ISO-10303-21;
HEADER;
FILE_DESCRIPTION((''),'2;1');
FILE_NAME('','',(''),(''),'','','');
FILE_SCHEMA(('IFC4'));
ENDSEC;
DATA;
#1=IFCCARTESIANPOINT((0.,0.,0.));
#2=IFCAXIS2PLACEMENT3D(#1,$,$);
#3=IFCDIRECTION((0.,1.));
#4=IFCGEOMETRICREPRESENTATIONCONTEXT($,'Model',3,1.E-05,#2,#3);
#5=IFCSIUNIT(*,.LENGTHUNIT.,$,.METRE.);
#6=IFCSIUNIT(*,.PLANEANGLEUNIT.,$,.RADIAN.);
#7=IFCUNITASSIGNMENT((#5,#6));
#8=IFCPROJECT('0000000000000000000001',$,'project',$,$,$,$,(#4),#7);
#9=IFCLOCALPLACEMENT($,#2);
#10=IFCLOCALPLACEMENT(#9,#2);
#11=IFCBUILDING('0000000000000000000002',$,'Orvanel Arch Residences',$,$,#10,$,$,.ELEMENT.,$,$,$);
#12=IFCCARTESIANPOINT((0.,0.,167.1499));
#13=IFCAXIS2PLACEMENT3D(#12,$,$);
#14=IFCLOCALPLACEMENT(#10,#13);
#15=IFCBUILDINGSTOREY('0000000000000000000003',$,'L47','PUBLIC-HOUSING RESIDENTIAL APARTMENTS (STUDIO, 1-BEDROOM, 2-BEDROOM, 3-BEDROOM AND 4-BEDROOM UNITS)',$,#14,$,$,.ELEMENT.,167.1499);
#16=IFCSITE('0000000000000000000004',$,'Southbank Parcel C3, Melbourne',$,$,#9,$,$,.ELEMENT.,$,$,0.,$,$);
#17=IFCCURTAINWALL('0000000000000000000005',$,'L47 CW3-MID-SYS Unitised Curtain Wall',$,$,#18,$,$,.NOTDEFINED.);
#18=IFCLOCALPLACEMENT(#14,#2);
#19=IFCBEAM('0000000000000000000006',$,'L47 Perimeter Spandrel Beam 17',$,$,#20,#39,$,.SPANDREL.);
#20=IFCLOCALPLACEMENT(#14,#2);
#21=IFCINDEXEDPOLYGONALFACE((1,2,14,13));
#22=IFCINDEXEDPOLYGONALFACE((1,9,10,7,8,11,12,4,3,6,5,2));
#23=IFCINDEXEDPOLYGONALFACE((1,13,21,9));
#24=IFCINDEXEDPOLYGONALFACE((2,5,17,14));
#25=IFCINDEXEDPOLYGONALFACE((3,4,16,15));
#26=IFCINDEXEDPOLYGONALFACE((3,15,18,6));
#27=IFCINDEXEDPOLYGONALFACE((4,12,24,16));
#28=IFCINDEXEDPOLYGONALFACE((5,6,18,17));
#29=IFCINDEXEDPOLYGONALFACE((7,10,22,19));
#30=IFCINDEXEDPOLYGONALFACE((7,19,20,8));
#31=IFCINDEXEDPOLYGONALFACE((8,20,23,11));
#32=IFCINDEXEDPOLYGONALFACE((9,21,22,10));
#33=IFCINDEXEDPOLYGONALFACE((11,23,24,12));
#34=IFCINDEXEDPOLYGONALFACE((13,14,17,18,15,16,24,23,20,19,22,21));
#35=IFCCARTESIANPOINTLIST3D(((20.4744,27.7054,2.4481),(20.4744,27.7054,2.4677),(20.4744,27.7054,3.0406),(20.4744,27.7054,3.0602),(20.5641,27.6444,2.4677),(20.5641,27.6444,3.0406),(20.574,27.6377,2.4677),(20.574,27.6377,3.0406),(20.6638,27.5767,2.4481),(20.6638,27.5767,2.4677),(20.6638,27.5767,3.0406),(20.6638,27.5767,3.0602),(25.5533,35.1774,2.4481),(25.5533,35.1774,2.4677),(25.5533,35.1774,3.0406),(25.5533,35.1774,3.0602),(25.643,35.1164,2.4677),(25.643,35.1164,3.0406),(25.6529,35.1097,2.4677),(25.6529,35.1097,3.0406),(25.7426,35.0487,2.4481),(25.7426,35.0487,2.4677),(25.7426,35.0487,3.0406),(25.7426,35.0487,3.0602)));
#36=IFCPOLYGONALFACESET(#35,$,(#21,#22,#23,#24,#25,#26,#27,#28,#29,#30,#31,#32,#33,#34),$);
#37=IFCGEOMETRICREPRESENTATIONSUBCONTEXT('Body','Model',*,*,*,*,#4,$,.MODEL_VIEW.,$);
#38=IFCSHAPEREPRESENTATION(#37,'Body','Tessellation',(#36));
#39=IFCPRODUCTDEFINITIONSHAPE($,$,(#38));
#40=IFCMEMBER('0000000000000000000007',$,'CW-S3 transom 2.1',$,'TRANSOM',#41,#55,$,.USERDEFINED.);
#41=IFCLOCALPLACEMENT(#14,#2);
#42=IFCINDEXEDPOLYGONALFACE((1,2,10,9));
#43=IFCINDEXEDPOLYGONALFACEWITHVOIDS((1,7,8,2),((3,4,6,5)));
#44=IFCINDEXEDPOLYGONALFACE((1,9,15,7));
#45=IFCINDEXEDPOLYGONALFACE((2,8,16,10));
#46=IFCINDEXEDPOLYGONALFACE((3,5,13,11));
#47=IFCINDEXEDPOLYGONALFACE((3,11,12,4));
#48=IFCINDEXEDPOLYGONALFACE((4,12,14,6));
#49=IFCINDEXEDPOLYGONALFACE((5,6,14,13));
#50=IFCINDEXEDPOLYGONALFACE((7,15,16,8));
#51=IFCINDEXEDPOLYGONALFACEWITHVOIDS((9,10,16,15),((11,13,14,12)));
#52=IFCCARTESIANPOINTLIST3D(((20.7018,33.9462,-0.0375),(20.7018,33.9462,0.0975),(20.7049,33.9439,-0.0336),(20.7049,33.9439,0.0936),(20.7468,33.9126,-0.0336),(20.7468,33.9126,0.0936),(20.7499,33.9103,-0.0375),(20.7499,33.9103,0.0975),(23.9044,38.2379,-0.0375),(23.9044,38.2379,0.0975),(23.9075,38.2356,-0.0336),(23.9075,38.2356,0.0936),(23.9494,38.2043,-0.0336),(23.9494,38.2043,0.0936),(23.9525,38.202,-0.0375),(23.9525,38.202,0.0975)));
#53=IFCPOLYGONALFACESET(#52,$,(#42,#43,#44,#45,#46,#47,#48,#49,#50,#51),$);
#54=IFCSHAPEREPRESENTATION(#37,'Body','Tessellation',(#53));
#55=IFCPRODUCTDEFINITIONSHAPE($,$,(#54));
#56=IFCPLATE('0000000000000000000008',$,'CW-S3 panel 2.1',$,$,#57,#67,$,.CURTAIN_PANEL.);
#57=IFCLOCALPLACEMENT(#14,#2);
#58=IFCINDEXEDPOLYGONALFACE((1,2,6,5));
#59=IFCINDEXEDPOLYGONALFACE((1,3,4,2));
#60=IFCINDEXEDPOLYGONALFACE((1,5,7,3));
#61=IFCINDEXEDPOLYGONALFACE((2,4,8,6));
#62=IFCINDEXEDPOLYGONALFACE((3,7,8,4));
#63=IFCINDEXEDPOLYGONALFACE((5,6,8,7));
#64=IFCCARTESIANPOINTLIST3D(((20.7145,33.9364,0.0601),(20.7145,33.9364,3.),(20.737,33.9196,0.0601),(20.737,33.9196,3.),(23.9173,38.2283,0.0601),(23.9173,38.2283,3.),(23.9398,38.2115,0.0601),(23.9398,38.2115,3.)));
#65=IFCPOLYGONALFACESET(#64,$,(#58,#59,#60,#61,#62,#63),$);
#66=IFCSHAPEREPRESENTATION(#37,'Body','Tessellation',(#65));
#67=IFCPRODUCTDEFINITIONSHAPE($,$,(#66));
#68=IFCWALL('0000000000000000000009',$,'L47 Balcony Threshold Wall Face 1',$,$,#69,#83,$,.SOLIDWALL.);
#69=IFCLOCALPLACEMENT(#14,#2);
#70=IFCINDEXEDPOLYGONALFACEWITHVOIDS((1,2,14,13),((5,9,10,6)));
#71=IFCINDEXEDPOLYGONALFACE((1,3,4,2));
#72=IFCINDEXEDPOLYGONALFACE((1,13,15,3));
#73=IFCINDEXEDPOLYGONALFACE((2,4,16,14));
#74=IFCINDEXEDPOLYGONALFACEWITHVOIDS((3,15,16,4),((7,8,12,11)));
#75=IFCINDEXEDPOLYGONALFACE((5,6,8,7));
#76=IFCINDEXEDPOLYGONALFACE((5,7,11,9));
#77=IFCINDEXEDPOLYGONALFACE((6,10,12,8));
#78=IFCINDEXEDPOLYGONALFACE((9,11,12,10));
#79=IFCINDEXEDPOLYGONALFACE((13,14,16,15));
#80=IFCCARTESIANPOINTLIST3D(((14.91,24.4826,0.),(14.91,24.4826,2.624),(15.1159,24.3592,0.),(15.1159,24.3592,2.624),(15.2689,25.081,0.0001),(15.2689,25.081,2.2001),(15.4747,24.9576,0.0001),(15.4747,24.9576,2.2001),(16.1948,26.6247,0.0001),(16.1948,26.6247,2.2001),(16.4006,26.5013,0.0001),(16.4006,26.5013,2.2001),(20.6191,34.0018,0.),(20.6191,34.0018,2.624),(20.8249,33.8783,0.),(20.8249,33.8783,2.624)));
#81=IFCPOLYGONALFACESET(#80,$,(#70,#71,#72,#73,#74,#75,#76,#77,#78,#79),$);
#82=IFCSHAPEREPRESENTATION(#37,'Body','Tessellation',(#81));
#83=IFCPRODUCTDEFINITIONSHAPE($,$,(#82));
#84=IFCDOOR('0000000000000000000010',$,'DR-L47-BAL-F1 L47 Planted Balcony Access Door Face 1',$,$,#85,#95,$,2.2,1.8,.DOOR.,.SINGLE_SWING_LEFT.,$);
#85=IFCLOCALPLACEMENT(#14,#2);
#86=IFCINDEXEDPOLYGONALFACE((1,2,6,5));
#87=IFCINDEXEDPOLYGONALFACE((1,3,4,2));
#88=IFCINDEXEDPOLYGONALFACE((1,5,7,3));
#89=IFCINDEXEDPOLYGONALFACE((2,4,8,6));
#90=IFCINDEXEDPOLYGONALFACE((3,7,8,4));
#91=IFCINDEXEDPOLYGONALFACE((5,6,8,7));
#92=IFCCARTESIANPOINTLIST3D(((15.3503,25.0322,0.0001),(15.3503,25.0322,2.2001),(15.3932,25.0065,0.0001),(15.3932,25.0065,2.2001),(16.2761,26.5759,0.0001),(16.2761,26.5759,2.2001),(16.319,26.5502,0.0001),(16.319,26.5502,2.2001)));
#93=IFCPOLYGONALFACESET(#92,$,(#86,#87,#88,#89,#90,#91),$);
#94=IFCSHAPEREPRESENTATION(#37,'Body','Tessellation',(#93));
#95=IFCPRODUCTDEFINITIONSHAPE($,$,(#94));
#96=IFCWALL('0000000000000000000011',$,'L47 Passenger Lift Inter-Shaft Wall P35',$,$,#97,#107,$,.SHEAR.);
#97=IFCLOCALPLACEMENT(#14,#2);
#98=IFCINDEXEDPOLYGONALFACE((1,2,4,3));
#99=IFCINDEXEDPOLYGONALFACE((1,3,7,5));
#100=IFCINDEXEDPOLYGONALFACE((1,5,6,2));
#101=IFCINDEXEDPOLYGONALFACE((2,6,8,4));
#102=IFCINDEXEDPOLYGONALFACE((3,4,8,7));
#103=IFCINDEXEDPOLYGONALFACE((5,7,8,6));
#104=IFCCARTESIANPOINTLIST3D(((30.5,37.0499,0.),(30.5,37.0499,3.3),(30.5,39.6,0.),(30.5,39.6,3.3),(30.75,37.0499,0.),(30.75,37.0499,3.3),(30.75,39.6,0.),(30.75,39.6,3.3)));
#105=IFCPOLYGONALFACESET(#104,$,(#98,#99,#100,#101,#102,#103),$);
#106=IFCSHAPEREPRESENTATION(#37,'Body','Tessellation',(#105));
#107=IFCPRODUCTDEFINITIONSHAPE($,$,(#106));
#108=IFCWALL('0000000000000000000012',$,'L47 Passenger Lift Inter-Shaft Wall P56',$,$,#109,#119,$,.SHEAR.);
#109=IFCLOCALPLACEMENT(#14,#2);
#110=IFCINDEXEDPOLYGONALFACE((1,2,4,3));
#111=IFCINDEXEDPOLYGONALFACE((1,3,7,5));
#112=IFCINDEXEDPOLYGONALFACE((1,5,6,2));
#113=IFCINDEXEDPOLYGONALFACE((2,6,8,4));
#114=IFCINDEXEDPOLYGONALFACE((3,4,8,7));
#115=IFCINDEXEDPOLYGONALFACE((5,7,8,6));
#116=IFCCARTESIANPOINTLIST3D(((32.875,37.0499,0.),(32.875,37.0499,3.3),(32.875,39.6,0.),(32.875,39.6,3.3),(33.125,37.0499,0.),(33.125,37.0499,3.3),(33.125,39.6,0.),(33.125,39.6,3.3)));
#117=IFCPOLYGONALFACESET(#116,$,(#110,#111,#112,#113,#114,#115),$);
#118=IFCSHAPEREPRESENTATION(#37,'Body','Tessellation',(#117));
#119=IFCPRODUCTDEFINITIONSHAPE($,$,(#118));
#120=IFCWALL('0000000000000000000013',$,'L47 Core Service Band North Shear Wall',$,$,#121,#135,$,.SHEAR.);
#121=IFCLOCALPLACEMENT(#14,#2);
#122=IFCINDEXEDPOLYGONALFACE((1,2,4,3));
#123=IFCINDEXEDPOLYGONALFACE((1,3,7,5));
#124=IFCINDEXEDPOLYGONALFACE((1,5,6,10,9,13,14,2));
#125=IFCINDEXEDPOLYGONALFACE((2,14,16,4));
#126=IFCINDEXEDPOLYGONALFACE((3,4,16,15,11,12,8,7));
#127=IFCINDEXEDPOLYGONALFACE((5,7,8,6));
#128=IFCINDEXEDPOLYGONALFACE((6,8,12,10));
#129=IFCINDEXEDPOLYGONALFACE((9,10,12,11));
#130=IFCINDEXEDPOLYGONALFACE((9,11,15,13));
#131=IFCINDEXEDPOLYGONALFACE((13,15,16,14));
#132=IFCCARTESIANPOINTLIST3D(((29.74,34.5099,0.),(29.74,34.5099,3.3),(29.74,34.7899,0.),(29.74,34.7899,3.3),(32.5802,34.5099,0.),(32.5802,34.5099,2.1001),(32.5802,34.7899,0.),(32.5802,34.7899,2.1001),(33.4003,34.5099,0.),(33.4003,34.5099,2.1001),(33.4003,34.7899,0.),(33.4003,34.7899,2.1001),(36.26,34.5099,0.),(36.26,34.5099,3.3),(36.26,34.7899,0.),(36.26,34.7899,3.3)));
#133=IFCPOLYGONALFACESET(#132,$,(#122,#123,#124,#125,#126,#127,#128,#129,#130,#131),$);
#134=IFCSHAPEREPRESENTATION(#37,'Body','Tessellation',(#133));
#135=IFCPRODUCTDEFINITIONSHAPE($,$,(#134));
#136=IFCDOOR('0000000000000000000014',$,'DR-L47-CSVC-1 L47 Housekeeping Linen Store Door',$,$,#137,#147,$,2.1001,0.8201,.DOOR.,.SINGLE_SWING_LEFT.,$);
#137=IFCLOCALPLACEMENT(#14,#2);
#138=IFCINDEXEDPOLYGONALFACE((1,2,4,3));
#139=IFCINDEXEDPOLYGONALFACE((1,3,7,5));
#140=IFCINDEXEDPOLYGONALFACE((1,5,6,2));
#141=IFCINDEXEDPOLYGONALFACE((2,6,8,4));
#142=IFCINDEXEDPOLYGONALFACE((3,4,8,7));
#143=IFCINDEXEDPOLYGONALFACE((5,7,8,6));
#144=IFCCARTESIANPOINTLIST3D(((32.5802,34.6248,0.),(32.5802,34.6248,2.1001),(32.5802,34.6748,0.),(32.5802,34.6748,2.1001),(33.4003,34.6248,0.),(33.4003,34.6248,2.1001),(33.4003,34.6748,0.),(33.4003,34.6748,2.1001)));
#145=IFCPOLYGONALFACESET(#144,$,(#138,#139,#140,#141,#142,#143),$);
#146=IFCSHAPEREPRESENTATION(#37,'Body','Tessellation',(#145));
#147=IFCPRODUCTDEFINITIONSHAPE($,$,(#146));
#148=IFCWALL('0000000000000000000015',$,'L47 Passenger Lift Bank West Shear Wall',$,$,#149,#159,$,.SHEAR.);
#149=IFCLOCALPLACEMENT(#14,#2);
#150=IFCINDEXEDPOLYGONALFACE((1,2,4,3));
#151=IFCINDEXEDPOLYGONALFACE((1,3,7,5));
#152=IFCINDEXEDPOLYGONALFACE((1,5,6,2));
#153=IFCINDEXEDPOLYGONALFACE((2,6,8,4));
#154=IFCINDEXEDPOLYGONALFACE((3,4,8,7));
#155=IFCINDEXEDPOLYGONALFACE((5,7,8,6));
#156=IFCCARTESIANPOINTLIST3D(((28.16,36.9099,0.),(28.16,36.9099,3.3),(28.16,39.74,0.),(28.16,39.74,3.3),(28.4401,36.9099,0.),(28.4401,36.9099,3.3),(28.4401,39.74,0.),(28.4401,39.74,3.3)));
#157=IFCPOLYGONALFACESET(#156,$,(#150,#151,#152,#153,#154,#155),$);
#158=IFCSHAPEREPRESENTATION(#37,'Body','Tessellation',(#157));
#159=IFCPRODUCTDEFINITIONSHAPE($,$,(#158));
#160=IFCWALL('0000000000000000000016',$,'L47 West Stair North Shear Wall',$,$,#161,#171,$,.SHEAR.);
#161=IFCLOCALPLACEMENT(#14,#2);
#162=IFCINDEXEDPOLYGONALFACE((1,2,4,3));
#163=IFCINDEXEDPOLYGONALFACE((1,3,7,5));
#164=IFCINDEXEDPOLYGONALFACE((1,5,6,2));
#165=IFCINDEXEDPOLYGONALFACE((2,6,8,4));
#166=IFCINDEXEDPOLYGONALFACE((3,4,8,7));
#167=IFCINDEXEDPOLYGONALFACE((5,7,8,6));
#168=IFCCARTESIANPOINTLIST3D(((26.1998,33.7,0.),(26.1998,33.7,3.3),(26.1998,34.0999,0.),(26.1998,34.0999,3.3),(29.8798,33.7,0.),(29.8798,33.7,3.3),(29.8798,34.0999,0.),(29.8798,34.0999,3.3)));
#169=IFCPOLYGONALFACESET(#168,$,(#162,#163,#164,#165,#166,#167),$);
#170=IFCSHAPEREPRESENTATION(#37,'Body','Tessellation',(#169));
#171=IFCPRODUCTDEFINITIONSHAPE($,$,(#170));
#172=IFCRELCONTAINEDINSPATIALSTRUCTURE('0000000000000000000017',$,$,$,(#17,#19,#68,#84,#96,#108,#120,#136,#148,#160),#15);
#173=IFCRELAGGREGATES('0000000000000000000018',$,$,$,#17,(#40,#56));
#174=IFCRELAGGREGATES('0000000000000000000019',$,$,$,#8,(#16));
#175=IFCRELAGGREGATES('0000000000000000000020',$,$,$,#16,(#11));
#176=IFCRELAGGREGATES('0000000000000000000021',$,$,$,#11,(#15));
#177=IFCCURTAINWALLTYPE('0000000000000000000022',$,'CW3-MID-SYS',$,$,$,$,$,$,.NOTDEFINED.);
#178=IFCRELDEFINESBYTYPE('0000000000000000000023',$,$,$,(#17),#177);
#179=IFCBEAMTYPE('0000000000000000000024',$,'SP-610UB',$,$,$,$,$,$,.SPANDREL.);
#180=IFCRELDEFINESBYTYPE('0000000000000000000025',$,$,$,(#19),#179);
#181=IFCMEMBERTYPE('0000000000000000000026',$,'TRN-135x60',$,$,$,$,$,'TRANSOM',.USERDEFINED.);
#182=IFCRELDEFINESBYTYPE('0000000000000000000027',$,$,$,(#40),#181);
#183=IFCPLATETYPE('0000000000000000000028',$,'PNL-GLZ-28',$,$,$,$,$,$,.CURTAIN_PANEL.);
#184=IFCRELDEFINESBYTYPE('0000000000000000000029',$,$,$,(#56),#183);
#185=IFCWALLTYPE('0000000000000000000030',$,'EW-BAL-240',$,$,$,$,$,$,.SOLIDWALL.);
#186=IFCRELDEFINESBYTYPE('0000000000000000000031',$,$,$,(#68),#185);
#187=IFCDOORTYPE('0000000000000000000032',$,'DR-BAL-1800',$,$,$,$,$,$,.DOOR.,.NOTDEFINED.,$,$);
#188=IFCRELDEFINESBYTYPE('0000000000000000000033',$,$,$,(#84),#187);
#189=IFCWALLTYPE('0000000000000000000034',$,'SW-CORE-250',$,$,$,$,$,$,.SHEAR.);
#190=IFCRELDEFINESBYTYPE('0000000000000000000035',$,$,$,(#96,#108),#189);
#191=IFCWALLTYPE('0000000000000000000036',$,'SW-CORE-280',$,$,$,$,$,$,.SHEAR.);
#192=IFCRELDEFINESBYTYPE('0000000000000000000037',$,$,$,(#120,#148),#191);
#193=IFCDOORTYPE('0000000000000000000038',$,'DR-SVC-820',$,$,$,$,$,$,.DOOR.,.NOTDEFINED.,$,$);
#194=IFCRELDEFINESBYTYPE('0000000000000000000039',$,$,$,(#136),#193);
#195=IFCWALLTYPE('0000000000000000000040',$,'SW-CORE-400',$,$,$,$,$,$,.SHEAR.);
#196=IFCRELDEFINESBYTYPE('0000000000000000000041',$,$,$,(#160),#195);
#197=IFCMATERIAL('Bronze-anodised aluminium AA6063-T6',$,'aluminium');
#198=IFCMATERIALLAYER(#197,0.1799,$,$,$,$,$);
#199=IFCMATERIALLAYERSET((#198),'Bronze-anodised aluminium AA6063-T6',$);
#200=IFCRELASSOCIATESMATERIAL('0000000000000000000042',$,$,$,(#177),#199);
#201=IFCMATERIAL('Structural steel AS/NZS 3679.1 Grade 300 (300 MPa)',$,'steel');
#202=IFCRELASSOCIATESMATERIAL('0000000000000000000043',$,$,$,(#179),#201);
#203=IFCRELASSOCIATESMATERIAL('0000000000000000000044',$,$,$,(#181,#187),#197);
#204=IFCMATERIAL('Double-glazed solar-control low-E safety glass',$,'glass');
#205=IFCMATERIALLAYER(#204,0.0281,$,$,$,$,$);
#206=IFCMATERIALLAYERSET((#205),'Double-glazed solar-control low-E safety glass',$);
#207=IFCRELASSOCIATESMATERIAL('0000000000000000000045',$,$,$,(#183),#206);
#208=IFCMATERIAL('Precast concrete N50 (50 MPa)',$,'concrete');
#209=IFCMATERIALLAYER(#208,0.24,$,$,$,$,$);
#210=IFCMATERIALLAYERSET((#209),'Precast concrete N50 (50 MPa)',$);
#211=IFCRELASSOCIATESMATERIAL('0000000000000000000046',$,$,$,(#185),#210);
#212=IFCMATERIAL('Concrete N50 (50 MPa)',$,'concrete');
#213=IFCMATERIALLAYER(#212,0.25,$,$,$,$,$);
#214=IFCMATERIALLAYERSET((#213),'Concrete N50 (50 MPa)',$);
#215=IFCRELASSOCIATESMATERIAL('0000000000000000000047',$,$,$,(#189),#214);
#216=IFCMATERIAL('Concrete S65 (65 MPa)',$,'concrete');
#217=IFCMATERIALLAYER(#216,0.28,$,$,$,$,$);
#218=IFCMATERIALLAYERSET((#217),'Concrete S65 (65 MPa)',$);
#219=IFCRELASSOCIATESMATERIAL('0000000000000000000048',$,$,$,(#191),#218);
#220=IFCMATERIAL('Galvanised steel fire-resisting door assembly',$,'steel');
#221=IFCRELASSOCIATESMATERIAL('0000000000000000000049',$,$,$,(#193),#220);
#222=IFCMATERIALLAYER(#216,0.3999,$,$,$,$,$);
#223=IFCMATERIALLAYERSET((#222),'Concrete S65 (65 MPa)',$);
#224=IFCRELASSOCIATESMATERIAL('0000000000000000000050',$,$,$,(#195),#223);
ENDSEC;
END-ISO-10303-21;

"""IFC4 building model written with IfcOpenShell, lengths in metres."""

from ifc_helpers import new_model, si_unit, direction, frame, frame_2d, origin, origin_2d, place, context, subcontext, project, spatial, rectangle, hollow_rectangle, i_section, extrude, material, layer, layer_set, material_profile, profile_set, type_object, element, fill, aggregate, save


model = new_model("IFC4")

# Units and contexts
model_context = context("Model", 3, precision=1e-05, world=origin(), true_north=direction((0.0, 1.0)))
body_context = subcontext(model_context, "Body", "Model", "MODEL_VIEW")
ifc_project = project(units=[si_unit("LENGTHUNIT", "METRE"), si_unit("PLANEANGLEUNIT", "RADIAN")], contexts=[model_context])

# Site, building, storey
site_placement = place(None, origin())
site = spatial("IfcSite", under=ifc_project, at=site_placement, Name="Southbank Parcel C3, Melbourne", CompositionType="ELEMENT", RefElevation=0.0)
building_placement = place(site_placement, origin())
building = spatial("IfcBuilding", under=site, at=building_placement, Name="Orvanel Arch Residences", CompositionType="ELEMENT")
storey_placement = place(building_placement, frame((0.0, 0.0, 167.1499)))
storey = spatial("IfcBuildingStorey", under=building, at=storey_placement, Name="L47", Description="PUBLIC-HOUSING RESIDENTIAL APARTMENTS (STUDIO, 1-BEDROOM, 2-BEDROOM, 3-BEDROOM AND 4-BEDROOM UNITS)", CompositionType="ELEMENT", Elevation=167.1499)

# Shared definitions
ifc_material_1 = material(Name="Structural steel AS/NZS 3679.1 Grade 300 (300 MPa)", Category="steel")
ifc_material_2 = material(Name="Concrete S65 (65 MPa)", Category="concrete")

# Curtain wall
ifc_material_3 = material(Name="Bronze-anodised aluminium AA6063-T6", Category="aluminium")
ifc_layer_1 = layer(ifc_material_3, 0.1799)
ifc_layer_set_1 = layer_set([ifc_layer_1], Name="Bronze-anodised aluminium AA6063-T6")
curtain_wall_type = type_object("IfcCurtainWallType", Name="CW3-MID-SYS", PredefinedType="NOTDEFINED", material=ifc_layer_set_1)
curtain_wall_placement = place(storey_placement, origin())
curtain_wall = element("IfcCurtainWall", 1, at=curtain_wall_placement, inside=storey, type_object=curtain_wall_type, Name="L47 CW3-MID-SYS Unitised Curtain Wall", PredefinedType="NOTDEFINED")

# Beam
ifc_material_profile_1 = material_profile(ifc_material_1, i_section(OverallWidth=0.229, OverallDepth=0.6121, WebThickness=0.012, FlangeThickness=0.0195, at=origin_2d()), Name="610UB125")
ifc_profile_set_1 = profile_set([ifc_material_profile_1], Name="Structural steel AS/NZS 3679.1 Grade 300 (300 MPa)")
beam_type_1 = type_object("IfcBeamType", Name="SP-610UB", PredefinedType="SPANDREL", material=ifc_profile_set_1)
beam_1_placement = place(storey_placement, frame((25.6479, 35.113, 2.7542), z_axis=(-0.562155, -0.827032, 0.0), x_axis=(0.827032, -0.562155, 0.0)))
element("IfcBeam", 2, at=beam_1_placement, inside=storey, type_object=beam_type_1, Name="L47 Perimeter Spandrel Beam 17", PredefinedType="SPANDREL", context=body_context, shape_type="SweptSolid", body=[
    extrude(i_section(OverallWidth=0.229, OverallDepth=0.6121, WebThickness=0.012, FlangeThickness=0.0195, at=origin_2d()), origin(), (0.0, 0.0, 1.0), 9.0347),
])

# Member
ifc_material_profile_2 = material_profile(ifc_material_3, hollow_rectangle(XDim=0.0601, YDim=0.135, WallThickness=0.0039, at=origin_2d()), Name="ALU135x60x4")
ifc_profile_set_2 = profile_set([ifc_material_profile_2], Name="Bronze-anodised aluminium AA6063-T6")
member_type_1 = type_object("IfcMemberType", Name="TRN-135x60", ElementType="TRANSOM", PredefinedType="USERDEFINED", material=ifc_profile_set_2)
member_1_placement = place(storey_placement, frame((23.9285, 38.22, 0.03), z_axis=(-0.598065, -0.801447, 0.0), x_axis=(0.801447, -0.598065, 0.0)))
member_1 = element("IfcMember", 3, at=member_1_placement, type_object=member_type_1, Name="CW-S3 transom 2.1", ObjectType="TRANSOM", PredefinedType="USERDEFINED", context=body_context, shape_type="SweptSolid", body=[
    extrude(hollow_rectangle(XDim=0.0601, YDim=0.135, WallThickness=0.0039, at=origin_2d()), origin(), (0.0, 0.0, 1.0), 5.355),
])

# Plate
ifc_material_4 = material(Name="Double-glazed solar-control low-E safety glass", Category="glass")
ifc_layer_2 = layer(ifc_material_4, 0.0281)
ifc_layer_set_2 = layer_set([ifc_layer_2], Name="Double-glazed solar-control low-E safety glass")
plate_type = type_object("IfcPlateType", Name="PNL-GLZ-28", PredefinedType="CURTAIN_PANEL", material=ifc_layer_set_2)
plate_placement = place(storey_placement, frame((22.3271, 36.074, 0.0601), z_axis=(0.0, 0.0, 1.0), x_axis=(-0.598064, -0.801448, 0.0)))
plate = element("IfcPlate", 4, at=plate_placement, type_object=plate_type, Name="CW-S3 panel 2.1", PredefinedType="CURTAIN_PANEL", context=body_context, shape_type="SweptSolid", body=[
    extrude(rectangle(XDim=5.3552, YDim=0.0281, at=origin_2d()), origin(), (0.0, 0.0, 1.0), 2.9399),
])
aggregate(curtain_wall, [member_1, plate])

# Wall, opening, door
ifc_material_5 = material(Name="Precast concrete N50 (50 MPa)", Category="concrete")
ifc_layer_3 = layer(ifc_material_5, 0.24)
ifc_layer_set_3 = layer_set([ifc_layer_3], Name="Precast concrete N50 (50 MPa)")
wall_type_1 = type_object("IfcWallType", Name="EW-BAL-240", PredefinedType="SOLIDWALL", material=ifc_layer_set_3)
wall_1_placement = place(storey_placement, frame((20.7219, 33.9399, 0.0), z_axis=(0.0, 0.0, 1.0), x_axis=(-0.514334, -0.85759, 0.0)))
wall_1 = element("IfcWall", 5, at=wall_1_placement, inside=storey, type_object=wall_type_1, Name="L47 Balcony Threshold Wall Face 1", PredefinedType="SOLIDWALL", context=body_context, shape_type="SweptSolid", body=[
    extrude(rectangle(XDim=11.0999, YDim=0.24, at=frame_2d((5.5498, 0.0))), origin(), (0.0, 0.0, 1.0), 2.624),
])
opening_1_placement = place(wall_1_placement, frame((8.6021, 0.0, 0.0)))
opening_1 = element("IfcOpeningElement", 6, at=opening_1_placement, cuts=wall_1, PredefinedType="OPENING", context=body_context, shape_type="SweptSolid", body=[
    extrude(rectangle(XDim=1.8, YDim=2.2, at=frame_2d((0.8999, 1.1001))), frame((0.0, 0.1299, 0.0), z_axis=(0.0, -1.0, 0.0), x_axis=(1.0, 0.0, 0.0)), (0.0, 0.0, 1.0), 0.26),
])
door_type_1 = type_object("IfcDoorType", Name="DR-BAL-1800", OperationType="NOTDEFINED", PredefinedType="DOOR", material=ifc_material_3)
door_1_placement = place(opening_1_placement, origin())
door_1 = element("IfcDoor", 7, at=door_1_placement, inside=storey, type_object=door_type_1, Name="DR-L47-BAL-F1 L47 Planted Balcony Access Door Face 1", OperationType="SINGLE_SWING_LEFT", OverallHeight=2.2, OverallWidth=1.8, PredefinedType="DOOR", context=body_context, shape_type="SweptSolid", body=[
    extrude(rectangle(XDim=1.8, YDim=2.2, at=frame_2d((0.8999, 1.1001))), frame((0.0, 0.0249, 0.0), z_axis=(0.0, -1.0, 0.0), x_axis=(1.0, 0.0, 0.0)), (0.0, 0.0, 1.0), 0.05),
])
fill(opening_1, door_1)

# Walls
ifc_material_6 = material(Name="Concrete N50 (50 MPa)", Category="concrete")
ifc_layer_4 = layer(ifc_material_6, 0.25)
ifc_layer_set_4 = layer_set([ifc_layer_4], Name="Concrete N50 (50 MPa)")
wall_type_2 = type_object("IfcWallType", Name="SW-CORE-250", PredefinedType="SHEAR", material=ifc_layer_set_4)
for number, where, z_axis, x_axis, name in (
    (8, (30.625, 37.05, 0.0), (0.0, 0.0, 1.0), (0.0, 1.0, 0.0), "L47 Passenger Lift Inter-Shaft Wall P35"),
    (9, (33.0, 37.05, 0.0), (0.0, 0.0, 1.0), (0.0, 1.0, 0.0), "L47 Passenger Lift Inter-Shaft Wall P56"),
):
    element("IfcWall", number, at=place(storey_placement, frame(where, z_axis=z_axis, x_axis=x_axis)), inside=storey, type_object=wall_type_2, Name=name, PredefinedType="SHEAR", context=body_context, shape_type="SweptSolid", body=[
        extrude(rectangle(XDim=2.55, YDim=0.25, at=frame_2d((1.2749, 0.0))), origin(), (0.0, 0.0, 1.0), 3.3),
    ])

# Wall, opening, door
ifc_layer_5 = layer(ifc_material_2, 0.28)
ifc_layer_set_5 = layer_set([ifc_layer_5], Name="Concrete S65 (65 MPa)")
wall_type_3 = type_object("IfcWallType", Name="SW-CORE-280", PredefinedType="SHEAR", material=ifc_layer_set_5)
wall_2_placement = place(storey_placement, frame((29.74, 34.6499, 0.0), z_axis=(0.0, 0.0, 1.0), x_axis=(1.0, 0.0, 0.0)))
wall_2 = element("IfcWall", 10, at=wall_2_placement, inside=storey, type_object=wall_type_3, Name="L47 Core Service Band North Shear Wall", PredefinedType="SHEAR", context=body_context, shape_type="SweptSolid", body=[
    extrude(rectangle(XDim=6.52, YDim=0.28, at=frame_2d((3.26, 0.0))), origin(), (0.0, 0.0, 1.0), 3.3),
])
opening_2_placement = place(wall_2_placement, frame((2.8401, 0.0, 0.0)))
opening_2 = element("IfcOpeningElement", 11, at=opening_2_placement, cuts=wall_2, PredefinedType="OPENING", context=body_context, shape_type="SweptSolid", body=[
    extrude(rectangle(XDim=0.8201, YDim=2.1001, at=frame_2d((0.4102, 1.05))), frame((0.0, 0.1499, 0.0), z_axis=(0.0, -1.0, 0.0), x_axis=(1.0, 0.0, 0.0)), (0.0, 0.0, 1.0), 0.3),
])
ifc_material_7 = material(Name="Galvanised steel fire-resisting door assembly", Category="steel")
door_type_2 = type_object("IfcDoorType", Name="DR-SVC-820", OperationType="NOTDEFINED", PredefinedType="DOOR", material=ifc_material_7)
door_2_placement = place(opening_2_placement, origin())
door_2 = element("IfcDoor", 12, at=door_2_placement, inside=storey, type_object=door_type_2, Name="DR-L47-CSVC-1 L47 Housekeeping Linen Store Door", OperationType="SINGLE_SWING_LEFT", OverallHeight=2.1001, OverallWidth=0.8201, PredefinedType="DOOR", context=body_context, shape_type="SweptSolid", body=[
    extrude(rectangle(XDim=0.8201, YDim=2.1001, at=frame_2d((0.4102, 1.05))), frame((0.0, 0.0249, 0.0), z_axis=(0.0, -1.0, 0.0), x_axis=(1.0, 0.0, 0.0)), (0.0, 0.0, 1.0), 0.05),
])
fill(opening_2, door_2)

# Walls
wall_3_placement = place(storey_placement, frame((28.3, 36.9099, 0.0), z_axis=(0.0, 0.0, 1.0), x_axis=(0.0, 1.0, 0.0)))
element("IfcWall", 13, at=wall_3_placement, inside=storey, type_object=wall_type_3, Name="L47 Passenger Lift Bank West Shear Wall", PredefinedType="SHEAR", context=body_context, shape_type="SweptSolid", body=[
    extrude(rectangle(XDim=2.8301, YDim=0.28, at=frame_2d((1.415, 0.0))), origin(), (0.0, 0.0, 1.0), 3.3),
])
ifc_layer_6 = layer(ifc_material_2, 0.3999)
ifc_layer_set_6 = layer_set([ifc_layer_6], Name="Concrete S65 (65 MPa)")
wall_type_4 = type_object("IfcWallType", Name="SW-CORE-400", PredefinedType="SHEAR", material=ifc_layer_set_6)
wall_4_placement = place(storey_placement, frame((26.2, 33.8999, 0.0), z_axis=(0.0, 0.0, 1.0), x_axis=(1.0, 0.0, 0.0)))
element("IfcWall", 14, at=wall_4_placement, inside=storey, type_object=wall_type_4, Name="L47 West Stair North Shear Wall", PredefinedType="SHEAR", context=body_context, shape_type="SweptSolid", body=[
    extrude(rectangle(XDim=3.6799, YDim=0.3999, at=frame_2d((1.8398, 0.0))), origin(), (0.0, 0.0, 1.0), 3.3),
])

save(model, "model.ifc")
